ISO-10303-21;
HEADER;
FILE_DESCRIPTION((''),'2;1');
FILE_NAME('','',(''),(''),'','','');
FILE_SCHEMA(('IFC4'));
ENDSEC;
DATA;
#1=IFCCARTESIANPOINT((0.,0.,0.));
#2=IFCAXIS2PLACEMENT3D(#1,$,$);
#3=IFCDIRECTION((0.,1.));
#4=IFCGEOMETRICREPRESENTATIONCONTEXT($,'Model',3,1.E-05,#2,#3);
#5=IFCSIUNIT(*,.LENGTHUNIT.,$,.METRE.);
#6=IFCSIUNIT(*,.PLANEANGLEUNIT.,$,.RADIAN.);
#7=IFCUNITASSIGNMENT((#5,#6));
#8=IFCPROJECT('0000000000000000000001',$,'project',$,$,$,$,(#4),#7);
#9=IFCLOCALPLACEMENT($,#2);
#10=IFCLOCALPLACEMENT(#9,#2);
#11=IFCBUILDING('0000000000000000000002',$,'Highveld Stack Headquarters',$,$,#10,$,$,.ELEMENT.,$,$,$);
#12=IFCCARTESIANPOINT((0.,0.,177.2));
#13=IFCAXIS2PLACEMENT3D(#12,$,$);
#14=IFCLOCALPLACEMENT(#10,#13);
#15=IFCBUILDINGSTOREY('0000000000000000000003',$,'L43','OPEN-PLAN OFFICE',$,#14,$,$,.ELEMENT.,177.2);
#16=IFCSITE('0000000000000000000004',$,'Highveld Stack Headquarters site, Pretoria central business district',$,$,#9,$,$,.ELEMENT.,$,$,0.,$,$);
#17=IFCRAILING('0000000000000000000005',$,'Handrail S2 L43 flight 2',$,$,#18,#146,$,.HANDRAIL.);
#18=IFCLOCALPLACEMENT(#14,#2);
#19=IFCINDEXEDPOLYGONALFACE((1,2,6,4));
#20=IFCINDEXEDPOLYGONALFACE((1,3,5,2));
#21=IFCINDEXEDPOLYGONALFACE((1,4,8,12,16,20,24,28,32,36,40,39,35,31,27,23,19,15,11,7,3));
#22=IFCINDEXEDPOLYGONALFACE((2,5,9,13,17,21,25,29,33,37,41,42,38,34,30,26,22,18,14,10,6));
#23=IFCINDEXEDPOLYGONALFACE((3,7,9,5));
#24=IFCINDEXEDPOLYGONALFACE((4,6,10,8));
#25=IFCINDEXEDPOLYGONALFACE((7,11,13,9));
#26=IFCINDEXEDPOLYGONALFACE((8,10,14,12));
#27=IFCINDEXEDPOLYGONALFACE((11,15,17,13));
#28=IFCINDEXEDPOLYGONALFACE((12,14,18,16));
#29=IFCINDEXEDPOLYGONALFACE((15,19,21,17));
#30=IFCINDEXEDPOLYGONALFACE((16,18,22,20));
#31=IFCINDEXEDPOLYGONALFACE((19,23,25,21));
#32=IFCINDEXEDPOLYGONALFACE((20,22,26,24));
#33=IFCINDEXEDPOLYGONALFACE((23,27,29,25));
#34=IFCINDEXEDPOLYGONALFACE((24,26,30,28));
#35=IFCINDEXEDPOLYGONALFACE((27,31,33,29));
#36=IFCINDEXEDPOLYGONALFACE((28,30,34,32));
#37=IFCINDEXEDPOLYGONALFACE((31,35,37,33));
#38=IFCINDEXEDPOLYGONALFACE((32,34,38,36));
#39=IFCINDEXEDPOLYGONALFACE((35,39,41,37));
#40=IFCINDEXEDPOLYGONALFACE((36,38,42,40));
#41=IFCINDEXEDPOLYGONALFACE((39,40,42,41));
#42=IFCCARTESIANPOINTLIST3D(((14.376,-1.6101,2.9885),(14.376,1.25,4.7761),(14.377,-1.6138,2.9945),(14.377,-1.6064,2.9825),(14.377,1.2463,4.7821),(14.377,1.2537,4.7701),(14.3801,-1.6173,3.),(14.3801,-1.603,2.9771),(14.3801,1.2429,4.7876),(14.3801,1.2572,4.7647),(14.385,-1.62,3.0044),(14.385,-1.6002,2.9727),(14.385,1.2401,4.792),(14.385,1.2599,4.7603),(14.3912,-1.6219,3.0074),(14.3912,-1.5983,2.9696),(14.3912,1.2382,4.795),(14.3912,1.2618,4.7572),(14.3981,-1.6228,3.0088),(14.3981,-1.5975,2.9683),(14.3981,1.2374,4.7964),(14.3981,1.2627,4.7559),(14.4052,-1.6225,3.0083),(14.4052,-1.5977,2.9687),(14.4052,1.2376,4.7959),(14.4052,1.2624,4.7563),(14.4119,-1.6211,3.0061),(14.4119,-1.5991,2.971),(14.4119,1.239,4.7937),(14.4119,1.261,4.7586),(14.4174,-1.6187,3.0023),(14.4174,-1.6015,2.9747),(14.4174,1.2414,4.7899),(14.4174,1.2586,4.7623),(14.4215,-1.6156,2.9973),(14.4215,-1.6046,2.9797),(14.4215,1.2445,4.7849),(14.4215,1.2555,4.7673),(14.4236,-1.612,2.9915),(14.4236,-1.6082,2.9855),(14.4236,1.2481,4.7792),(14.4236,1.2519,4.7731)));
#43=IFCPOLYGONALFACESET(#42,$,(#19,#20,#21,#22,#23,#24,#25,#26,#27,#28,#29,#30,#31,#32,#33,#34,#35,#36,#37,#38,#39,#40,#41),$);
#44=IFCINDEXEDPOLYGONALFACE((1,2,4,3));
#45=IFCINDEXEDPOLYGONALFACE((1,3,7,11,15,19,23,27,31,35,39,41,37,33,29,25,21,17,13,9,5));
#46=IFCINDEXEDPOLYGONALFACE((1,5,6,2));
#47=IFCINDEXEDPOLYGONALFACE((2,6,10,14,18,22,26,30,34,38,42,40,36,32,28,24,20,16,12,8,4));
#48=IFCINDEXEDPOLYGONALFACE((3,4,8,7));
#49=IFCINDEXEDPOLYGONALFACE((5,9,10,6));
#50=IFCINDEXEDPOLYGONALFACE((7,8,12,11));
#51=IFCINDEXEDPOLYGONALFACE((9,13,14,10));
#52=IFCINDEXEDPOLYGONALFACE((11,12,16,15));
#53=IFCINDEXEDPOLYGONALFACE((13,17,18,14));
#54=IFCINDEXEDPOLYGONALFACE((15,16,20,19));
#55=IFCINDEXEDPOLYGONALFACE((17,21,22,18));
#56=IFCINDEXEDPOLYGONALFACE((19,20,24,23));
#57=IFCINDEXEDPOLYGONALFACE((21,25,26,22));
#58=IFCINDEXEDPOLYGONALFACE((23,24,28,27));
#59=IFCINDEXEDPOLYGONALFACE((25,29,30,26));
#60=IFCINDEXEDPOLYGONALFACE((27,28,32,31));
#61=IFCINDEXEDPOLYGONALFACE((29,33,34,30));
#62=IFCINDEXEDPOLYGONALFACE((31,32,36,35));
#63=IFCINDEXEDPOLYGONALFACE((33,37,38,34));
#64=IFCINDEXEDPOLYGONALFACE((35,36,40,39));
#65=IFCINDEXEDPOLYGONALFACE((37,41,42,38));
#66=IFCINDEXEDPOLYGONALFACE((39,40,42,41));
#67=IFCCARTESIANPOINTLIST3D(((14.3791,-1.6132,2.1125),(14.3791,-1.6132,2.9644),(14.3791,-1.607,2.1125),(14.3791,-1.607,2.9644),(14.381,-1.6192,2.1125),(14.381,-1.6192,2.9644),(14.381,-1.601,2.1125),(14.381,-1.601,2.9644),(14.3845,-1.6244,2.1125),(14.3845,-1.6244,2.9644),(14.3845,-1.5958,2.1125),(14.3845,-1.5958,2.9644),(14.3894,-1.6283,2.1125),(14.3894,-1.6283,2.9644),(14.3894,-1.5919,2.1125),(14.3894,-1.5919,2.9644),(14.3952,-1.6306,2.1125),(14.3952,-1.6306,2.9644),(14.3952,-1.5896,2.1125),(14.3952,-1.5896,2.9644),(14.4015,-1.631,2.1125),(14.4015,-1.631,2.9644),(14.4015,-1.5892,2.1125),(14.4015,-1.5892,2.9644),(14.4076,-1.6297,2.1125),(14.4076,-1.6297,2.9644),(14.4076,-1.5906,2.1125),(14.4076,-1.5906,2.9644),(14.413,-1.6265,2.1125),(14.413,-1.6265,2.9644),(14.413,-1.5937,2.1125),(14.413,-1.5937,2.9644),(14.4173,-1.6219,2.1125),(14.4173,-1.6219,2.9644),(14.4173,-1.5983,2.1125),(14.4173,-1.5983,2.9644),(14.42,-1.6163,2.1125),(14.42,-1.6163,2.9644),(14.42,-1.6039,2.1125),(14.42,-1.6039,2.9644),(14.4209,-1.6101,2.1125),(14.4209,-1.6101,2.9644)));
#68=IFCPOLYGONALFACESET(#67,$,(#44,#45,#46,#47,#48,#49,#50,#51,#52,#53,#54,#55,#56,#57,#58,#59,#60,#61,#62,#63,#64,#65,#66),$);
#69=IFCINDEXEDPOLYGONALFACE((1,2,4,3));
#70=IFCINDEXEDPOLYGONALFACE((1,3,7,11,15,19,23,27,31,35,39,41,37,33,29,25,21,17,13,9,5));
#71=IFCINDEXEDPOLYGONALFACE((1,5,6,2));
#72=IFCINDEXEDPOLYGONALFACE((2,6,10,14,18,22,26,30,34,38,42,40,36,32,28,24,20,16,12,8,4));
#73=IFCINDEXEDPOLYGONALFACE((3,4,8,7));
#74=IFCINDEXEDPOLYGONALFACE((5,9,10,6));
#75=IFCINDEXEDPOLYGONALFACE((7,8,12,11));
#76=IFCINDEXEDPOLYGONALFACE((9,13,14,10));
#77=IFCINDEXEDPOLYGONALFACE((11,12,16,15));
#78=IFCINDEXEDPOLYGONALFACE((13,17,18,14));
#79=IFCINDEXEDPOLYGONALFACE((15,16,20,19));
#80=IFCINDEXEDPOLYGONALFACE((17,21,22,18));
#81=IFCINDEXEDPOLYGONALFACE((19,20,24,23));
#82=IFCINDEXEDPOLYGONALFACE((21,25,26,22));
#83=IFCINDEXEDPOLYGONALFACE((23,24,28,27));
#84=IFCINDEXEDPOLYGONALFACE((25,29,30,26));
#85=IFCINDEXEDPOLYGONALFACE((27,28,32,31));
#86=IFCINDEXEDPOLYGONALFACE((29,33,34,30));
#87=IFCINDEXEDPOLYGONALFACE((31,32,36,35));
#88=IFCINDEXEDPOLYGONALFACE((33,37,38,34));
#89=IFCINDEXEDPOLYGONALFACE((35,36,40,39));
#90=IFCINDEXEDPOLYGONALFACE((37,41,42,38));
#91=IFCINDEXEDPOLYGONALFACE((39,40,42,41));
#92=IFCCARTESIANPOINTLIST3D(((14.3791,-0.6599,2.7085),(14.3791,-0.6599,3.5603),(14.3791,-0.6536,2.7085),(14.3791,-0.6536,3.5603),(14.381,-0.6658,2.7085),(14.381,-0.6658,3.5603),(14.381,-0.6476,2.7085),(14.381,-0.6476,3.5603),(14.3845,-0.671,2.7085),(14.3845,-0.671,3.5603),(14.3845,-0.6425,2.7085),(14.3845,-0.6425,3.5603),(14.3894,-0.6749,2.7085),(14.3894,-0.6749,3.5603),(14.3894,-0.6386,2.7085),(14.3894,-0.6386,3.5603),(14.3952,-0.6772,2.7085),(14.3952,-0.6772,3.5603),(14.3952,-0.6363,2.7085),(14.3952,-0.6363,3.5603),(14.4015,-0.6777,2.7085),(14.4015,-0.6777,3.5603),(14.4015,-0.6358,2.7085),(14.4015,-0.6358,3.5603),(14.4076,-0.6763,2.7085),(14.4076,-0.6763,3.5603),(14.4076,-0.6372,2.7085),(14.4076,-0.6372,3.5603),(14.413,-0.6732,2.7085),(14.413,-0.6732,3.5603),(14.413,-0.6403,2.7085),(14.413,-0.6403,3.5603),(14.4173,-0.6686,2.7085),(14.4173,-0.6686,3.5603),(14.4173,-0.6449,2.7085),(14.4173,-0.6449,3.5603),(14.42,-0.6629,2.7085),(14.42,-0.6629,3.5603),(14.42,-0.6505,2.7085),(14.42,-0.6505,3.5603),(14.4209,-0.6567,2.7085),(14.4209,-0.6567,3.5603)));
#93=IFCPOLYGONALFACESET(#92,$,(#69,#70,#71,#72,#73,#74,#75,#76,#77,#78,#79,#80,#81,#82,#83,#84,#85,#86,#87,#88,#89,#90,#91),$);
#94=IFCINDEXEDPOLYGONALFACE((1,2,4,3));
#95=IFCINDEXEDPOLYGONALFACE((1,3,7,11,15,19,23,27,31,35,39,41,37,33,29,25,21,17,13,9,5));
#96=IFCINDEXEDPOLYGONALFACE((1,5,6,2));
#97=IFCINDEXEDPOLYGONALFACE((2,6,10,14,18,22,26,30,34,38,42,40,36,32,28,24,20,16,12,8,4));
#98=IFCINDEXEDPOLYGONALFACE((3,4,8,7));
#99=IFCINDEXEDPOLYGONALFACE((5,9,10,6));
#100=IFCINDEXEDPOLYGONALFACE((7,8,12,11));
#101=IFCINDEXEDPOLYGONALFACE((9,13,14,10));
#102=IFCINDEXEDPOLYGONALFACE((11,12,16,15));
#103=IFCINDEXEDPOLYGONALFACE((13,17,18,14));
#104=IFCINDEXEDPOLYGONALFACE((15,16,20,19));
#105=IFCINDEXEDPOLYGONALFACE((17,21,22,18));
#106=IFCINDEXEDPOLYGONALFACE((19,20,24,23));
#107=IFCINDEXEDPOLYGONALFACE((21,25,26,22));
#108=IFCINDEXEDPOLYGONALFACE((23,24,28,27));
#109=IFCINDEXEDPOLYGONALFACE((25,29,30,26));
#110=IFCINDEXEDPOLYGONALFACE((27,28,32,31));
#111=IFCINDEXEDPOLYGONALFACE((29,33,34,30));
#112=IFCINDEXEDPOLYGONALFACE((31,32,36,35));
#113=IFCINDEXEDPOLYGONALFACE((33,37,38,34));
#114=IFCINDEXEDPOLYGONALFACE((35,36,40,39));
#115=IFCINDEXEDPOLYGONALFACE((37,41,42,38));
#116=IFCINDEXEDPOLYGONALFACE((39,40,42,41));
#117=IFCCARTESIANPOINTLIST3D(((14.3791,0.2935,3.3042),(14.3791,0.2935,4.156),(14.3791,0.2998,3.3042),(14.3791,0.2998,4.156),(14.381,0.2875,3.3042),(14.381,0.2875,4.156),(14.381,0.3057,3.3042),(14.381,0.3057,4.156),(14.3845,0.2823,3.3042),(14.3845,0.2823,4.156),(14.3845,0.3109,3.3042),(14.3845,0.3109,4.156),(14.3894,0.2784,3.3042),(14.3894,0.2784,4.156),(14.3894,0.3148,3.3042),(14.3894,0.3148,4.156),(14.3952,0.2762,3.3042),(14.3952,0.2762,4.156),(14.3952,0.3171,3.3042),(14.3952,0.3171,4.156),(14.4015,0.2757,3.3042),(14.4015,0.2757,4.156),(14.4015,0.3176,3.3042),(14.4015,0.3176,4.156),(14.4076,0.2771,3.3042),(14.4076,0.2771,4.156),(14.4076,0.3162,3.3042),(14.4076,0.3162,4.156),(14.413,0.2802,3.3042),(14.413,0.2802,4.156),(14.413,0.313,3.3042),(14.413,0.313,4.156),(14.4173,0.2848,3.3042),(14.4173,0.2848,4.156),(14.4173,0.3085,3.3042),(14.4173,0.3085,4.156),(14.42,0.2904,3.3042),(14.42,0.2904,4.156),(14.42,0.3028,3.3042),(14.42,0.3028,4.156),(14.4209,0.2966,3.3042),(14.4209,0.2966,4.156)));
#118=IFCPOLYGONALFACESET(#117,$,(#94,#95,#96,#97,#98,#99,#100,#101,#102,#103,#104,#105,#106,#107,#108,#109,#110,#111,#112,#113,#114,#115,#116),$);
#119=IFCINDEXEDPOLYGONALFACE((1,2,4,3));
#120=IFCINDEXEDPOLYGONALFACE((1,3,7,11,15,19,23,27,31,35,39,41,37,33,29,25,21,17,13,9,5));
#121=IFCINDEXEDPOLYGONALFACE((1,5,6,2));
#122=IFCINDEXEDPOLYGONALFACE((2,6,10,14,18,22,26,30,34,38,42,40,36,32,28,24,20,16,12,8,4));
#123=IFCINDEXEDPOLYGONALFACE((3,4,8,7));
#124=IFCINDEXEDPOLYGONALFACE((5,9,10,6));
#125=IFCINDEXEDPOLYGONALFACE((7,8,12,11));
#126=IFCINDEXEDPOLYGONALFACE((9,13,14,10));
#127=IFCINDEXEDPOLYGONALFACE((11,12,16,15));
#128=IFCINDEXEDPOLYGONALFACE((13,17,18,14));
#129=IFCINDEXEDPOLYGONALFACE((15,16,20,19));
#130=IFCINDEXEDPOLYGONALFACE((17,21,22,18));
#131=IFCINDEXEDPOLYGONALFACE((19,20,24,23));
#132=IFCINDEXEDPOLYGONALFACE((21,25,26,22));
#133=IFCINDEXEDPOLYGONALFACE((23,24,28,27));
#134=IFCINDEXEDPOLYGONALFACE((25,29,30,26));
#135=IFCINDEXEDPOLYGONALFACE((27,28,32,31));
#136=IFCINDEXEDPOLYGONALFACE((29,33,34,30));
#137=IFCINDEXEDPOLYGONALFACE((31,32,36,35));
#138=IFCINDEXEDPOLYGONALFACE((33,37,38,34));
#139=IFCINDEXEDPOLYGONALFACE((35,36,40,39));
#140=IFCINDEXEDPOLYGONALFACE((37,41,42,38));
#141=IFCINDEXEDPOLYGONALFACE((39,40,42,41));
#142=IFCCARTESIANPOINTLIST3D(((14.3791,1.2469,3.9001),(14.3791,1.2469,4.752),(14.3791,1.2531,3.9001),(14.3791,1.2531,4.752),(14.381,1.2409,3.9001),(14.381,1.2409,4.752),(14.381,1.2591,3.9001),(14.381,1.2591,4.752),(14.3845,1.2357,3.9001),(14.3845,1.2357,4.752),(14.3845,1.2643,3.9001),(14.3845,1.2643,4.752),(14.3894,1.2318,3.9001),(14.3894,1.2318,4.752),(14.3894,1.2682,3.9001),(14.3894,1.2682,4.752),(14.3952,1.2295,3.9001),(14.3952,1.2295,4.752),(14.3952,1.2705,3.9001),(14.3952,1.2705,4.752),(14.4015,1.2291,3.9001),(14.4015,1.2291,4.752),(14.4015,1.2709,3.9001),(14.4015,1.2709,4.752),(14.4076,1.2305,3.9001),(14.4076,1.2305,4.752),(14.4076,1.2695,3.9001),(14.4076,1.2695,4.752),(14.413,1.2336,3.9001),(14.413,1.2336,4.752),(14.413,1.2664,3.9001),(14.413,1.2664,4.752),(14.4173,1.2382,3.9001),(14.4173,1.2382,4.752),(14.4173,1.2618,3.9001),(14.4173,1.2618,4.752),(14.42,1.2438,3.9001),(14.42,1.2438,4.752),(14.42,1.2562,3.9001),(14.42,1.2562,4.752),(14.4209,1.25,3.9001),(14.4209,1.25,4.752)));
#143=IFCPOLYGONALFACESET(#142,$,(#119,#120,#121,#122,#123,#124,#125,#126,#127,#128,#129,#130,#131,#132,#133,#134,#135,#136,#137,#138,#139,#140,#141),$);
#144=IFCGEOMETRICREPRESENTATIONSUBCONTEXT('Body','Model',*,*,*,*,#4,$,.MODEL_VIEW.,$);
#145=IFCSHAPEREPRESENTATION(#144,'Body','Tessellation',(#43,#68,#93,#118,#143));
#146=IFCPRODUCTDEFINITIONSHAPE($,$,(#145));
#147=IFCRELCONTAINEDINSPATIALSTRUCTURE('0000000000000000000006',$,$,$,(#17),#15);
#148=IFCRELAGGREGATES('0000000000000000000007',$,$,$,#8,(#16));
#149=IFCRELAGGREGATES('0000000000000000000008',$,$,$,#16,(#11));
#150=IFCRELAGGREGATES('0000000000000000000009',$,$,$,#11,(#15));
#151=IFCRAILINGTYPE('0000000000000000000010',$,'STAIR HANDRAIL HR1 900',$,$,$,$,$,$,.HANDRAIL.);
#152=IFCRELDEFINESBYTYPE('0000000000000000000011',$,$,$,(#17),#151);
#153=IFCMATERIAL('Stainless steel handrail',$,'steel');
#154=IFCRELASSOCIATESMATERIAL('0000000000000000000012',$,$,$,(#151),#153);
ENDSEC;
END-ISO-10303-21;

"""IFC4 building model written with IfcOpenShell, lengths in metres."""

from ifc_helpers import new_model, si_unit, direction, frame, origin, origin_2d, place, context, subcontext, project, spatial, circle, extrude, material, type_object, element, save


model = new_model("IFC4")

# Units and contexts
model_context = context("Model", 3, precision=1e-05, world=origin(), true_north=direction((0.0, 1.0)))
body_context = subcontext(model_context, "Body", "Model", "MODEL_VIEW")
ifc_project = project(units=[si_unit("LENGTHUNIT", "METRE"), si_unit("PLANEANGLEUNIT", "RADIAN")], contexts=[model_context])

# Site, building, storey
site_placement = place(None, origin())
site = spatial("IfcSite", under=ifc_project, at=site_placement, Name="Highveld Stack Headquarters site, Pretoria central business district", CompositionType="ELEMENT", RefElevation=0.0)
building_placement = place(site_placement, origin())
building = spatial("IfcBuilding", under=site, at=building_placement, Name="Highveld Stack Headquarters", CompositionType="ELEMENT")
storey_placement = place(building_placement, frame((0.0, 0.0, 177.2)))
storey = spatial("IfcBuildingStorey", under=building, at=storey_placement, Name="L43", Description="OPEN-PLAN OFFICE", CompositionType="ELEMENT", Elevation=177.2)

# Railing
ifc_material_1 = material(Name="Stainless steel handrail", Category="steel")
railing_type = type_object("IfcRailingType", Name="STAIR HANDRAIL HR1 900", PredefinedType="HANDRAIL", material=ifc_material_1)
for number, where, name in (
    (1, (14.3999, -1.6101, 2.1125), "Handrail S2 L43 flight 2"),
):
    element("IfcRailing", number, at=place(storey_placement, frame(where)), inside=storey, type_object=railing_type, Name=name, PredefinedType="HANDRAIL", context=body_context, shape_type="SweptSolid", body=[
        extrude(circle(Radius=0.0239, at=origin_2d()), frame((0.0, 0.0, 0.876), z_axis=(0.0, 0.847994, 0.530005), x_axis=(-1.0, 0.0, 0.0)), (0.0, 0.0, 1.0), 3.3728),
        extrude(circle(Radius=0.021, at=origin_2d()), origin(), (0.0, 0.0, 1.0), 0.8518),
        extrude(circle(Radius=0.021, at=origin_2d()), frame((0.0, 0.9534, 0.5959)), (0.0, 0.0, 1.0), 0.8518),
        extrude(circle(Radius=0.021, at=origin_2d()), frame((0.0, 1.9067, 1.1917)), (0.0, 0.0, 1.0), 0.8518),
        extrude(circle(Radius=0.021, at=origin_2d()), frame((0.0, 2.8601, 1.7876)), (0.0, 0.0, 1.0), 0.8518),
    ])

save(model, "model.ifc")
